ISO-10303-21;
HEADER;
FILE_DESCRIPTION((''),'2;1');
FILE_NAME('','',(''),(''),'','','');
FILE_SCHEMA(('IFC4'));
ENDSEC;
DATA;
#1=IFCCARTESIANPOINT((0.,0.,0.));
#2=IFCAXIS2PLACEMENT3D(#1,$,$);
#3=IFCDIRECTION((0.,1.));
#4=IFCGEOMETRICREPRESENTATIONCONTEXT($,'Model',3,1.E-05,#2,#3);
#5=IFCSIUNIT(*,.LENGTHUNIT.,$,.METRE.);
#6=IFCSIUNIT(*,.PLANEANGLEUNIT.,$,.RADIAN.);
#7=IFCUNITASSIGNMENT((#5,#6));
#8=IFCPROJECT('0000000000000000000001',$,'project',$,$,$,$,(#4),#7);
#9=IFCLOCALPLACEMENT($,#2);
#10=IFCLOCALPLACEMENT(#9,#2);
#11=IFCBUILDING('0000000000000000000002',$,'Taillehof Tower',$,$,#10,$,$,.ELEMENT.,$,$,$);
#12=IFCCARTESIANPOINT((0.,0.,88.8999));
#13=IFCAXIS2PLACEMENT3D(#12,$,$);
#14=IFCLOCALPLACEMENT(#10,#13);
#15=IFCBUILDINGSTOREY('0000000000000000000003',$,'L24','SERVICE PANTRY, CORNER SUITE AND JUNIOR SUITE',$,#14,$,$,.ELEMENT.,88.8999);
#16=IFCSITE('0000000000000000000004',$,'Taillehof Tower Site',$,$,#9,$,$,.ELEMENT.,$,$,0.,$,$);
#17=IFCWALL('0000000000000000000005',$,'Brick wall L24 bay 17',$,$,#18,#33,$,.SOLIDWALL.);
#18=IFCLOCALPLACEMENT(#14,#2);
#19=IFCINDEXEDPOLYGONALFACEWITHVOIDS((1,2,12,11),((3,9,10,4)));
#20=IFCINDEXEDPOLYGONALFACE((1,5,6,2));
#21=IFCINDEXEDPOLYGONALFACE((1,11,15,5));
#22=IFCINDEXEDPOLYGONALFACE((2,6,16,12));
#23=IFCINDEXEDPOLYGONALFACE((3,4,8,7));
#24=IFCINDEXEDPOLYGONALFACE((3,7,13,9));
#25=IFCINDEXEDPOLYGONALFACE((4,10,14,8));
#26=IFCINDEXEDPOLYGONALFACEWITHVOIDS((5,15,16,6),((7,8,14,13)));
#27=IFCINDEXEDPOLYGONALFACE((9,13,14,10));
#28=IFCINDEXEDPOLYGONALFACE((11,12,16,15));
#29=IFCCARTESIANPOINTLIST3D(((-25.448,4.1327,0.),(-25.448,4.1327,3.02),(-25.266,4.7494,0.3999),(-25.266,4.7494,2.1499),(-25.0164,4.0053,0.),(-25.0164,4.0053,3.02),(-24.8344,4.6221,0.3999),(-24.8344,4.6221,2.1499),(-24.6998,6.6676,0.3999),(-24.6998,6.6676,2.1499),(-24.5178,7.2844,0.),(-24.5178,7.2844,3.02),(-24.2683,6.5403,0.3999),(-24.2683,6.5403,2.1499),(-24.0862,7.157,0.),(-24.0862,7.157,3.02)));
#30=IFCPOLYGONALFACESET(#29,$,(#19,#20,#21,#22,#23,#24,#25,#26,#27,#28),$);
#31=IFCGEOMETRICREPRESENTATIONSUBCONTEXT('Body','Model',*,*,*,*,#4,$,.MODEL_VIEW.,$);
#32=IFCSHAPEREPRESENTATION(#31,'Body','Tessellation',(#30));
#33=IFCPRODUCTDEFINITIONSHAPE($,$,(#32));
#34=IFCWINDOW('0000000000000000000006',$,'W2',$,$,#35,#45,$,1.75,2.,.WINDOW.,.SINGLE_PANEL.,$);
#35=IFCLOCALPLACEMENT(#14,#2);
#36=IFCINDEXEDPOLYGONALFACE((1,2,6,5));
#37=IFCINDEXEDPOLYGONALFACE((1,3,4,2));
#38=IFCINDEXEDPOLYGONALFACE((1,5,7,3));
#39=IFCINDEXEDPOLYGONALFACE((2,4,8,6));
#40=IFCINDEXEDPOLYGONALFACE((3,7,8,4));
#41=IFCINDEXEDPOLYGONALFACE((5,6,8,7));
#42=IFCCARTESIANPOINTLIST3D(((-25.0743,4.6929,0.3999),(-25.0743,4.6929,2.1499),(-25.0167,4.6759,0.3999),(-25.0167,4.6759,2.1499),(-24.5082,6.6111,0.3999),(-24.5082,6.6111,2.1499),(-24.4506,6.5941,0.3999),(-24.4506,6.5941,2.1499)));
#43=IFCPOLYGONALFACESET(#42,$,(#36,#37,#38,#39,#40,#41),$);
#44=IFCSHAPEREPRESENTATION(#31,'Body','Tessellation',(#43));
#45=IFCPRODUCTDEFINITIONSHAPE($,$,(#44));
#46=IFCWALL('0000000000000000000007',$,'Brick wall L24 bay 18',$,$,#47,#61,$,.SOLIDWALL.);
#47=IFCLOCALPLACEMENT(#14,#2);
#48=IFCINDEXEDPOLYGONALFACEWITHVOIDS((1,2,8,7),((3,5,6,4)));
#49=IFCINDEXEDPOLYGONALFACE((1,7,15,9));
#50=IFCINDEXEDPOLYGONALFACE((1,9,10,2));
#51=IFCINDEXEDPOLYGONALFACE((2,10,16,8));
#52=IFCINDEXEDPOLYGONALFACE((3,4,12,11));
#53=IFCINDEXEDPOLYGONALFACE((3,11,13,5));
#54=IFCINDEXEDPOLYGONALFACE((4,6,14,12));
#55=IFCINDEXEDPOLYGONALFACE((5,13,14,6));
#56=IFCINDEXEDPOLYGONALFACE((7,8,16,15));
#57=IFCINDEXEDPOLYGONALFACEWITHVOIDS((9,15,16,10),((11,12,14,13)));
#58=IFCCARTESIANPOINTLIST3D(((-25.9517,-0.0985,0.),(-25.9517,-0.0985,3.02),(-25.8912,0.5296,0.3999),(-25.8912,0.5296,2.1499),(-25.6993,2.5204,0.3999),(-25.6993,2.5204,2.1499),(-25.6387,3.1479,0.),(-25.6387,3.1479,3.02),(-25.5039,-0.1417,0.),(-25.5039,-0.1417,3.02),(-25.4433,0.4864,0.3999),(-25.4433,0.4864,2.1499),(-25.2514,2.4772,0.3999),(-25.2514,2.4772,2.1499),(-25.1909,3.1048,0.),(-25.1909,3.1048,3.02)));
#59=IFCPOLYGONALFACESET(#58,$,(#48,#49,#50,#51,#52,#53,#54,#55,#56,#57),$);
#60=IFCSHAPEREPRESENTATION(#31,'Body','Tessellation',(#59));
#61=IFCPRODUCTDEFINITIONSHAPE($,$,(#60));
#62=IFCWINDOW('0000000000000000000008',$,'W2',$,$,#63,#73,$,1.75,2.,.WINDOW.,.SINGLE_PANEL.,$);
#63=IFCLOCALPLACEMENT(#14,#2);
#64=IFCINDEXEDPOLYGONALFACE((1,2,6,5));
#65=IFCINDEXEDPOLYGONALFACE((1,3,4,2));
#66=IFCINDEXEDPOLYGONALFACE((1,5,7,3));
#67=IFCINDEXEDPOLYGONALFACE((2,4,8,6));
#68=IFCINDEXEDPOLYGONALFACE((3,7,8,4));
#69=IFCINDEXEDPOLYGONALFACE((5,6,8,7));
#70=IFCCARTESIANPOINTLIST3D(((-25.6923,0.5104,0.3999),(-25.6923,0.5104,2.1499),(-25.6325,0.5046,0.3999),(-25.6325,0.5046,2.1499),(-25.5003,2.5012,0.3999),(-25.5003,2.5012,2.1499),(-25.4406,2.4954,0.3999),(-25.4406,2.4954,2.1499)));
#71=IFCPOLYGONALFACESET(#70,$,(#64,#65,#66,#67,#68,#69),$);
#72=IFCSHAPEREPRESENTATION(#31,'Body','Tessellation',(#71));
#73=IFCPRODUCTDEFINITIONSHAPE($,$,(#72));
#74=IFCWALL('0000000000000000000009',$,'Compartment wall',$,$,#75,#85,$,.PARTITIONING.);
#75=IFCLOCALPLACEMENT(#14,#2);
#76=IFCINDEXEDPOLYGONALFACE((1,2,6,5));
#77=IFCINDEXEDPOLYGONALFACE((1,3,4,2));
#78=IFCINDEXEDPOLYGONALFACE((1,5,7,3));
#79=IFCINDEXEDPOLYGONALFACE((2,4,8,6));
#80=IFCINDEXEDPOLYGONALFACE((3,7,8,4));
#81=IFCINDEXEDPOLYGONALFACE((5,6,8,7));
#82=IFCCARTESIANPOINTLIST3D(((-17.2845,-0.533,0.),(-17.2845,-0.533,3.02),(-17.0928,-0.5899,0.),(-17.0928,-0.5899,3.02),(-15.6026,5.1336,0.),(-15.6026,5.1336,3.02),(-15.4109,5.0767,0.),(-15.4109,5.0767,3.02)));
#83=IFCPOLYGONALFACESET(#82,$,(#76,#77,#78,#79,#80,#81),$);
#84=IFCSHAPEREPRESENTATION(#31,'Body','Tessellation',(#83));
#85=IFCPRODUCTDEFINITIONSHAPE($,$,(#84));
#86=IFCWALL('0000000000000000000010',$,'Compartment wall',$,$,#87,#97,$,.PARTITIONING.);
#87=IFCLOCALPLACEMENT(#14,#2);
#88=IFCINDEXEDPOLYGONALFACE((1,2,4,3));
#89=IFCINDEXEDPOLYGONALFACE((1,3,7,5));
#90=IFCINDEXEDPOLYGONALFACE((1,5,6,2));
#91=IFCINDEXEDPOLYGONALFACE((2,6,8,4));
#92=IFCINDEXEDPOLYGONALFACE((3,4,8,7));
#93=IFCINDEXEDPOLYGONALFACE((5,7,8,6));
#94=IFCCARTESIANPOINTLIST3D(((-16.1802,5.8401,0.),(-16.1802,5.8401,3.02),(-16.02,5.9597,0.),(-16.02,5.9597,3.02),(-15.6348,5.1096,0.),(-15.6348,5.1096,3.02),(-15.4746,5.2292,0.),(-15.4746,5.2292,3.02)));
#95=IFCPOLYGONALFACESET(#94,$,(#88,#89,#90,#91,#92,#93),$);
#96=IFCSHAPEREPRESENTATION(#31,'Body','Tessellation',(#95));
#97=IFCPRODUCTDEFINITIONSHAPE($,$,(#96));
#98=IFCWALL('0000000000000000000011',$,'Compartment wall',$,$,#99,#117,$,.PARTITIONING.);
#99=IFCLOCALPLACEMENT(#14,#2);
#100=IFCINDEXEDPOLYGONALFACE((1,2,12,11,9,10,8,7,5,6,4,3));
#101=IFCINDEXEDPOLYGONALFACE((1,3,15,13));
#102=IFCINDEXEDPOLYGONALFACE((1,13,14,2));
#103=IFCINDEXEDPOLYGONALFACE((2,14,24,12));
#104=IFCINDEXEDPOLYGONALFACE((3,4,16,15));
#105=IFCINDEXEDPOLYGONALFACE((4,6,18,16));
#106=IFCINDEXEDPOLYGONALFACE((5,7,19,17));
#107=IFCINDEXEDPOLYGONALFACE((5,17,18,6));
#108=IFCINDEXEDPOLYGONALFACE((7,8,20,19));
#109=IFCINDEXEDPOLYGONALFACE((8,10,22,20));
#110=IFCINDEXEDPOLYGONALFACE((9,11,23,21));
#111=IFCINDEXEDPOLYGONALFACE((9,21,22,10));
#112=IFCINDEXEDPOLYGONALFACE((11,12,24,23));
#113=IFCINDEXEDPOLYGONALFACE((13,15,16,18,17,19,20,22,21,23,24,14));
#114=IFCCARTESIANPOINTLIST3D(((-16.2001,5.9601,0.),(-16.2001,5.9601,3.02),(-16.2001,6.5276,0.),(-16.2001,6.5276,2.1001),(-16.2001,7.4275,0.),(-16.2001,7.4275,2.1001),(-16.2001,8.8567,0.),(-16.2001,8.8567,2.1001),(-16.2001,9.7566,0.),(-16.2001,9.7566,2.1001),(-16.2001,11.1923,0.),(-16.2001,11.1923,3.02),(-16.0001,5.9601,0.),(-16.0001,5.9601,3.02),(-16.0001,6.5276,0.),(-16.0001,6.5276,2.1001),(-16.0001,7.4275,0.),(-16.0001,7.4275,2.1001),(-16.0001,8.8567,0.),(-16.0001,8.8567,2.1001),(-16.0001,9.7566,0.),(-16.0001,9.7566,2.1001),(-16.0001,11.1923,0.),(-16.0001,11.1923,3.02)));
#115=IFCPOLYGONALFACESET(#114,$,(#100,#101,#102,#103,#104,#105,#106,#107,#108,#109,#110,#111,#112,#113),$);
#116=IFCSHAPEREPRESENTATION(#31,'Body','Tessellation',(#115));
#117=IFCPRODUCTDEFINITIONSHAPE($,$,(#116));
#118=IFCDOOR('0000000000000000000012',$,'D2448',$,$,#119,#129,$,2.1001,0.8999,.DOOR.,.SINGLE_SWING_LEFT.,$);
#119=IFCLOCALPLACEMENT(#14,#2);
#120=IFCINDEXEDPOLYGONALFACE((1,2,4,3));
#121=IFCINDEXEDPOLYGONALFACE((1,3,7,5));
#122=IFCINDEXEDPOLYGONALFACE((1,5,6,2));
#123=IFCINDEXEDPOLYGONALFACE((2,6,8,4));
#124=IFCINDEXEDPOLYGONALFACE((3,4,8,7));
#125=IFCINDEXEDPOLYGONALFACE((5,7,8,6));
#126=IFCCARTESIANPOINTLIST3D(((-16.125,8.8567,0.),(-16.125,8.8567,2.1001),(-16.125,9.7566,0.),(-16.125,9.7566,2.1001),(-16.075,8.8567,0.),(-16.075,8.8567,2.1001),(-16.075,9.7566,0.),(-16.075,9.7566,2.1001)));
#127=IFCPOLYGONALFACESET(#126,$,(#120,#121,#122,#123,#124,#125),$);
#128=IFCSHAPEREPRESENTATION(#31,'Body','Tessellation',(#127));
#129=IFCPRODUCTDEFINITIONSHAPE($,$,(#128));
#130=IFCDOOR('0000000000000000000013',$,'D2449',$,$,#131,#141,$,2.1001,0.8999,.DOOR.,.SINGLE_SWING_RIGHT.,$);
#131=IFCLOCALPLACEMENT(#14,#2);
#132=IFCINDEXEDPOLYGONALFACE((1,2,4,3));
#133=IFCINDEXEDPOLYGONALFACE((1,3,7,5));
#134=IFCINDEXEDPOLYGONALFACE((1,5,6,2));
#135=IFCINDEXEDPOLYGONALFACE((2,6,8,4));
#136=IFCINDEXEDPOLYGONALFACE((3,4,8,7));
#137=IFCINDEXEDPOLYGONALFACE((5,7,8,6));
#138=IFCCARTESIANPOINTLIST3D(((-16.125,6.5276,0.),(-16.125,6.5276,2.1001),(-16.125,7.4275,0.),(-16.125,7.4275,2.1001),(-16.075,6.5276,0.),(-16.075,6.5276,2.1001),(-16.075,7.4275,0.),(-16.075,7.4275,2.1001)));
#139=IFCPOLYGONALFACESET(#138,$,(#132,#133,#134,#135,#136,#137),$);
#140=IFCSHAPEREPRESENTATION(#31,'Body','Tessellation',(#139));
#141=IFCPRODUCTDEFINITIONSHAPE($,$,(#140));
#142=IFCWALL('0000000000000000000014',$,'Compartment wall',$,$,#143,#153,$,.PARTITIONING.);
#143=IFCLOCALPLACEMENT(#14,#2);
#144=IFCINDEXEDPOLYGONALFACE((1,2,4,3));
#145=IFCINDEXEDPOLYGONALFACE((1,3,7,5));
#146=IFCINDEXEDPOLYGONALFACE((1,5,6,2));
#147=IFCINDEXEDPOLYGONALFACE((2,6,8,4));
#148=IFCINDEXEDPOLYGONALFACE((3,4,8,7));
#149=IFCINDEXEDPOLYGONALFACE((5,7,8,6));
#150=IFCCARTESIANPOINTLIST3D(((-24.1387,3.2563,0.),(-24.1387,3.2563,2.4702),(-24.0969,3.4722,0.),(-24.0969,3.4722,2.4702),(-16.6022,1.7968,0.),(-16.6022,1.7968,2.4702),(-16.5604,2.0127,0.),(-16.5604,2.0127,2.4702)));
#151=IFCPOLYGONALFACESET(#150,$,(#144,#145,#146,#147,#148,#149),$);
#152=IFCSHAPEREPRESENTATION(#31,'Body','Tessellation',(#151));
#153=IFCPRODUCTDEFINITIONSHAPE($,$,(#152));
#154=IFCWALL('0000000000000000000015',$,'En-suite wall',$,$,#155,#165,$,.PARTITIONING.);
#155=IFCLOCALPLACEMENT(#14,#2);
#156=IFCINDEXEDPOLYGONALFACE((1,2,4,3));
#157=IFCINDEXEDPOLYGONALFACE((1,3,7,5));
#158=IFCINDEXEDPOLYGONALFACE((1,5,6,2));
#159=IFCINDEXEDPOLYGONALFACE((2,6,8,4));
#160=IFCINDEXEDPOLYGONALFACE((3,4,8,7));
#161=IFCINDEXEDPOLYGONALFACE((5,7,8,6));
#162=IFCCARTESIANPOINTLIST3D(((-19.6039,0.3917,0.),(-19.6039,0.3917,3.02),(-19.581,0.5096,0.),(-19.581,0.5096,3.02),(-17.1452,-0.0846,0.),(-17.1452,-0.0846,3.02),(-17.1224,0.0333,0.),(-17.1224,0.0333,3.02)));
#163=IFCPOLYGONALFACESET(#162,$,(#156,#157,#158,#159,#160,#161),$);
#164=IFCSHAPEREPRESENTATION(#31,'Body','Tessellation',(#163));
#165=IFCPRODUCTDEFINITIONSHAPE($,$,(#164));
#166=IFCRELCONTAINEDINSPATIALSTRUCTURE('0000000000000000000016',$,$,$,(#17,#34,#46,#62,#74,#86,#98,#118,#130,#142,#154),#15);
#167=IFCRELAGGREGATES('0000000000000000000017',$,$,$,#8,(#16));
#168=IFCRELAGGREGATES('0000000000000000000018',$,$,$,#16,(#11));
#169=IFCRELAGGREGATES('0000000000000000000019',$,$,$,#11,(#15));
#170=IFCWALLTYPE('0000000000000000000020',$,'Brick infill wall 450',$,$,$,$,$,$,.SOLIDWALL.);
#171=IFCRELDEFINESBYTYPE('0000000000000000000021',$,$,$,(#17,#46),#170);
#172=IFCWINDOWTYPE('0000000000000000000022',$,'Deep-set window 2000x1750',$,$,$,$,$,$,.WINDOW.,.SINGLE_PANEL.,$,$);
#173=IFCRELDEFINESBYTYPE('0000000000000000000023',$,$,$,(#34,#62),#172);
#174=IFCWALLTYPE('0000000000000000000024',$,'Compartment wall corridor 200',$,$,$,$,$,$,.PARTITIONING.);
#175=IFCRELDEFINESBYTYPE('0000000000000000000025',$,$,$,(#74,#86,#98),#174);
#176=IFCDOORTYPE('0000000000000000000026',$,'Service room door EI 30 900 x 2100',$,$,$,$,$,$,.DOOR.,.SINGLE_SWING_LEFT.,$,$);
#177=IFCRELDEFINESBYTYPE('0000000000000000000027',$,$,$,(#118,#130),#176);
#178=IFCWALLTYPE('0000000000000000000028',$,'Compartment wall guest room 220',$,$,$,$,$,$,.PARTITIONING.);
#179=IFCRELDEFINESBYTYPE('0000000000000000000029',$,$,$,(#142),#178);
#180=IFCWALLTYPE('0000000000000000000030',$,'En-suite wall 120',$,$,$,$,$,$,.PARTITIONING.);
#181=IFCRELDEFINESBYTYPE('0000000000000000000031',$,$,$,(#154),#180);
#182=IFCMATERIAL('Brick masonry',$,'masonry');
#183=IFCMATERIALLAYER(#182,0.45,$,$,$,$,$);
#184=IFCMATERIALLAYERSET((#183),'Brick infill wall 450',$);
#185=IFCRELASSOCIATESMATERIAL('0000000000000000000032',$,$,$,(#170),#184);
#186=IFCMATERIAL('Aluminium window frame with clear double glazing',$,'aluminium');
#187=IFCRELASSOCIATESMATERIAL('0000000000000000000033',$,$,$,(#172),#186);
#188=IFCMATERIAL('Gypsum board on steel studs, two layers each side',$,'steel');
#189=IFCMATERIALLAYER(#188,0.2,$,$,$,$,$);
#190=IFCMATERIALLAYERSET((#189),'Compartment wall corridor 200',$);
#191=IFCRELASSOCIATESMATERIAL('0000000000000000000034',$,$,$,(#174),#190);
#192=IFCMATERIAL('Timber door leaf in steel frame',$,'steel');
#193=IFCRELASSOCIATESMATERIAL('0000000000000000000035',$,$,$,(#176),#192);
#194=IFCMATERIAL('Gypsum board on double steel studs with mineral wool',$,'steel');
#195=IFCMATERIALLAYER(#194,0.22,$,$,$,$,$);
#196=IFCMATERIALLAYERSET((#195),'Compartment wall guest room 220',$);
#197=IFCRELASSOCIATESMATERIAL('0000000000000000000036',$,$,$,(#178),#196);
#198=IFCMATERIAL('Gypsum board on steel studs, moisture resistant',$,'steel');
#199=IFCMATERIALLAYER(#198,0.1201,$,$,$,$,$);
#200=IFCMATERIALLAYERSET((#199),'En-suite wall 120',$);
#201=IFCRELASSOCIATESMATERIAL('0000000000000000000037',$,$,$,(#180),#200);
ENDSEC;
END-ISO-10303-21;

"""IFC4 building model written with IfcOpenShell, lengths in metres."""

from ifc_helpers import new_model, si_unit, direction, frame, frame_2d, origin, place, context, subcontext, project, spatial, rectangle, extrude, material, layer, layer_set, type_object, element, fill, save


model = new_model("IFC4")

# Units and contexts
model_context = context("Model", 3, precision=1e-05, world=origin(), true_north=direction((0.0, 1.0)))
body_context = subcontext(model_context, "Body", "Model", "MODEL_VIEW")
ifc_project = project(units=[si_unit("LENGTHUNIT", "METRE"), si_unit("PLANEANGLEUNIT", "RADIAN")], contexts=[model_context])

# Site, building, storey
site_placement = place(None, origin())
site = spatial("IfcSite", under=ifc_project, at=site_placement, Name="Taillehof Tower Site", CompositionType="ELEMENT", RefElevation=0.0)
building_placement = place(site_placement, origin())
building = spatial("IfcBuilding", under=site, at=building_placement, Name="Taillehof Tower", CompositionType="ELEMENT")
storey_placement = place(building_placement, frame((0.0, 0.0, 88.8999)))
storey = spatial("IfcBuildingStorey", under=building, at=storey_placement, Name="L24", Description="SERVICE PANTRY, CORNER SUITE AND JUNIOR SUITE", CompositionType="ELEMENT", Elevation=88.8999)

# Walls, openings, windows
ifc_material_1 = material(Name="Brick masonry", Category="masonry")
ifc_layer_1 = layer(ifc_material_1, 0.45)
ifc_layer_set_1 = layer_set([ifc_layer_1], Name="Brick infill wall 450")
wall_type_1 = type_object("IfcWallType", Name="Brick infill wall 450", PredefinedType="SOLIDWALL", material=ifc_layer_set_1)
wall_1_placement = place(storey_placement, frame((-24.302, 7.2207, 0.0), z_axis=(0.0, 0.0, 1.0), x_axis=(-0.283071, -0.959099, 0.0)))
wall_1 = element("IfcWall", 1, at=wall_1_placement, inside=storey, type_object=wall_type_1, Name="Brick wall L24 bay 17", PredefinedType="SOLIDWALL", context=body_context, shape_type="SweptSolid", body=[
    extrude(rectangle(XDim=3.2861, YDim=0.45, at=frame_2d((1.6431, 0.0))), origin(), (0.0, 0.0, 1.0), 3.02),
])
opening_1_placement = place(wall_1_placement, frame((0.6431, 0.0, 0.3999)))
opening_1 = element("IfcOpeningElement", 2, at=opening_1_placement, cuts=wall_1, PredefinedType="OPENING", context=body_context, shape_type="SweptSolid", body=[
    extrude(rectangle(XDim=2.0, YDim=1.75, at=frame_2d((1.0, 0.875))), frame((0.0, 0.2349, 0.0), z_axis=(0.0, -1.0, 0.0), x_axis=(1.0, 0.0, 0.0)), (0.0, 0.0, 1.0), 0.47),
])
ifc_material_2 = material(Name="Aluminium window frame with clear double glazing", Category="aluminium")
window_type = type_object("IfcWindowType", Name="Deep-set window 2000x1750", PartitioningType="SINGLE_PANEL", PredefinedType="WINDOW", material=ifc_material_2)
window_1_placement = place(opening_1_placement, origin())
window_1 = element("IfcWindow", 3, at=window_1_placement, inside=storey, type_object=window_type, Name="W2", OverallHeight=1.75, OverallWidth=2.0, PartitioningType="SINGLE_PANEL", PredefinedType="WINDOW", context=body_context, shape_type="SweptSolid", body=[
    extrude(rectangle(XDim=2.0, YDim=1.75, at=frame_2d((1.0, 0.875))), frame((0.0, 0.0349, 0.0), z_axis=(0.0, -1.0, 0.0), x_axis=(1.0, 0.0, 0.0)), (0.0, 0.0, 1.0), 0.0601),
])
fill(opening_1, window_1)
wall_2_placement = place(storey_placement, frame((-25.4148, 3.1265, 0.0), z_axis=(0.0, 0.0, 1.0), x_axis=(-0.095968, -0.995384, 0.0)))
wall_2 = element("IfcWall", 4, at=wall_2_placement, inside=storey, type_object=wall_type_1, Name="Brick wall L24 bay 18", PredefinedType="SOLIDWALL", context=body_context, shape_type="SweptSolid", body=[
    extrude(rectangle(XDim=3.2615, YDim=0.45, at=frame_2d((1.6309, 0.0))), origin(), (0.0, 0.0, 1.0), 3.02),
])
opening_2_placement = place(wall_2_placement, frame((0.6306, 0.0, 0.3999)))
opening_2 = element("IfcOpeningElement", 5, at=opening_2_placement, cuts=wall_2, PredefinedType="OPENING", context=body_context, shape_type="SweptSolid", body=[
    extrude(rectangle(XDim=2.0, YDim=1.75, at=frame_2d((1.0, 0.875))), frame((0.0, 0.2349, 0.0), z_axis=(0.0, -1.0, 0.0), x_axis=(1.0, 0.0, 0.0)), (0.0, 0.0, 1.0), 0.47),
])
window_2_placement = place(opening_2_placement, origin())
window_2 = element("IfcWindow", 6, at=window_2_placement, inside=storey, type_object=window_type, Name="W2", OverallHeight=1.75, OverallWidth=2.0, PartitioningType="SINGLE_PANEL", PredefinedType="WINDOW", context=body_context, shape_type="SweptSolid", body=[
    extrude(rectangle(XDim=2.0, YDim=1.75, at=frame_2d((1.0, 0.875))), frame((0.0, 0.0349, 0.0), z_axis=(0.0, -1.0, 0.0), x_axis=(1.0, 0.0, 0.0)), (0.0, 0.0, 1.0), 0.0601),
])
fill(opening_2, window_2)

# Walls
ifc_material_3 = material(Name="Gypsum board on steel studs, two layers each side", Category="steel")
ifc_layer_2 = layer(ifc_material_3, 0.2)
ifc_layer_set_2 = layer_set([ifc_layer_2], Name="Compartment wall corridor 200")
wall_type_2 = type_object("IfcWallType", Name="Compartment wall corridor 200", PredefinedType="PARTITIONING", material=ifc_layer_set_2)
wall_3_placement = place(storey_placement, frame((-17.1887, -0.5615, 0.0), z_axis=(0.0, 0.0, 1.0), x_axis=(0.284543, 0.958663, 0.0)))
element("IfcWall", 7, at=wall_3_placement, inside=storey, type_object=wall_type_2, Name="Compartment wall", PredefinedType="PARTITIONING", context=body_context, shape_type="SweptSolid", body=[
    extrude(rectangle(XDim=5.9109, YDim=0.2, at=frame_2d((2.9556, 0.0))), origin(), (0.0, 0.0, 1.0), 3.02),
])
wall_4_placement = place(storey_placement, frame((-15.5547, 5.1694, 0.0), z_axis=(0.0, 0.0, 1.0), x_axis=(-0.598285, 0.801284, 0.0)))
element("IfcWall", 8, at=wall_4_placement, inside=storey, type_object=wall_type_2, Name="Compartment wall", PredefinedType="PARTITIONING", context=body_context, shape_type="SweptSolid", body=[
    extrude(rectangle(XDim=0.9116, YDim=0.2, at=frame_2d((0.4558, 0.0))), origin(), (0.0, 0.0, 1.0), 3.02),
])

# Wall, openings, doors
wall_5_placement = place(storey_placement, frame((-16.1001, 5.96, 0.0), z_axis=(0.0, 0.0, 1.0), x_axis=(0.0, 1.0, 0.0)))
wall_5 = element("IfcWall", 9, at=wall_5_placement, inside=storey, type_object=wall_type_2, Name="Compartment wall", PredefinedType="PARTITIONING", context=body_context, shape_type="SweptSolid", body=[
    extrude(rectangle(XDim=5.2322, YDim=0.2, at=frame_2d((2.6162, 0.0))), origin(), (0.0, 0.0, 1.0), 3.02),
])
opening_3_placement = place(wall_5_placement, frame((2.8967, 0.0, 0.0)))
opening_3 = element("IfcOpeningElement", 10, at=opening_3_placement, cuts=wall_5, PredefinedType="OPENING", context=body_context, shape_type="SweptSolid", body=[
    extrude(rectangle(XDim=0.8999, YDim=2.1001, at=frame_2d((0.45, 1.05))), frame((0.0, 0.1099, 0.0), z_axis=(0.0, -1.0, 0.0), x_axis=(1.0, 0.0, 0.0)), (0.0, 0.0, 1.0), 0.22),
])
opening_4_placement = place(wall_5_placement, frame((0.5676, 0.0, 0.0)))
opening_4 = element("IfcOpeningElement", 11, at=opening_4_placement, cuts=wall_5, PredefinedType="OPENING", context=body_context, shape_type="SweptSolid", body=[
    extrude(rectangle(XDim=0.8999, YDim=2.1001, at=frame_2d((0.45, 1.05))), frame((0.0, 0.1099, 0.0), z_axis=(0.0, -1.0, 0.0), x_axis=(1.0, 0.0, 0.0)), (0.0, 0.0, 1.0), 0.22),
])
ifc_material_4 = material(Name="Timber door leaf in steel frame", Category="steel")
door_type_1 = type_object("IfcDoorType", Name="Service room door EI 30 900 x 2100", OperationType="SINGLE_SWING_LEFT", PredefinedType="DOOR", material=ifc_material_4)
door_1_placement = place(opening_3_placement, origin())
door_1 = element("IfcDoor", 12, at=door_1_placement, inside=storey, type_object=door_type_1, Name="D2448", OperationType="SINGLE_SWING_LEFT", OverallHeight=2.1001, OverallWidth=0.8999, PredefinedType="DOOR", context=body_context, shape_type="SweptSolid", body=[
    extrude(rectangle(XDim=0.8999, YDim=2.1001, at=frame_2d((0.45, 1.05))), frame((0.0, 0.0249, 0.0), z_axis=(0.0, -1.0, 0.0), x_axis=(1.0, 0.0, 0.0)), (0.0, 0.0, 1.0), 0.05),
])
fill(opening_3, door_1)
door_2_placement = place(opening_4_placement, origin())
door_2 = element("IfcDoor", 13, at=door_2_placement, inside=storey, type_object=door_type_1, Name="D2449", OperationType="SINGLE_SWING_RIGHT", OverallHeight=2.1001, OverallWidth=0.8999, PredefinedType="DOOR", context=body_context, shape_type="SweptSolid", body=[
    extrude(rectangle(XDim=0.8999, YDim=2.1001, at=frame_2d((0.45, 1.05))), frame((0.0, 0.0249, 0.0), z_axis=(0.0, -1.0, 0.0), x_axis=(1.0, 0.0, 0.0)), (0.0, 0.0, 1.0), 0.05),
])
fill(opening_4, door_2)

# Walls
ifc_material_5 = material(Name="Gypsum board on double steel studs with mineral wool", Category="steel")
ifc_layer_3 = layer(ifc_material_5, 0.22)
ifc_layer_set_3 = layer_set([ifc_layer_3], Name="Compartment wall guest room 220")
wall_type_3 = type_object("IfcWallType", Name="Compartment wall guest room 220", PredefinedType="PARTITIONING", material=ifc_layer_set_3)
wall_6_placement = place(storey_placement, frame((-24.1179, 3.3643, 0.0), z_axis=(0.0, 0.0, 1.0), x_axis=(0.98176, -0.190125, 0.0)))
element("IfcWall", 14, at=wall_6_placement, inside=storey, type_object=wall_type_3, Name="Compartment wall", PredefinedType="PARTITIONING", context=body_context, shape_type="SweptSolid", body=[
    extrude(rectangle(XDim=7.6765, YDim=0.22, at=frame_2d((3.8384, 0.0))), origin(), (0.0, 0.0, 1.0), 2.4702),
])
ifc_material_6 = material(Name="Gypsum board on steel studs, moisture resistant", Category="steel")
ifc_layer_4 = layer(ifc_material_6, 0.1201)
ifc_layer_set_4 = layer_set([ifc_layer_4], Name="En-suite wall 120")
wall_type_4 = type_object("IfcWallType", Name="En-suite wall 120", PredefinedType="PARTITIONING", material=ifc_layer_set_4)
wall_7_placement = place(storey_placement, frame((-17.1338, -0.0256, 0.0), z_axis=(0.0, 0.0, 1.0), x_axis=(-0.981748, 0.190189, 0.0)))
element("IfcWall", 15, at=wall_7_placement, inside=storey, type_object=wall_type_4, Name="En-suite wall", PredefinedType="PARTITIONING", context=body_context, shape_type="SweptSolid", body=[
    extrude(rectangle(XDim=2.5044, YDim=0.1201, at=frame_2d((1.2522, 0.0))), origin(), (0.0, 0.0, 1.0), 3.02),
])

save(model, "model.ifc")
